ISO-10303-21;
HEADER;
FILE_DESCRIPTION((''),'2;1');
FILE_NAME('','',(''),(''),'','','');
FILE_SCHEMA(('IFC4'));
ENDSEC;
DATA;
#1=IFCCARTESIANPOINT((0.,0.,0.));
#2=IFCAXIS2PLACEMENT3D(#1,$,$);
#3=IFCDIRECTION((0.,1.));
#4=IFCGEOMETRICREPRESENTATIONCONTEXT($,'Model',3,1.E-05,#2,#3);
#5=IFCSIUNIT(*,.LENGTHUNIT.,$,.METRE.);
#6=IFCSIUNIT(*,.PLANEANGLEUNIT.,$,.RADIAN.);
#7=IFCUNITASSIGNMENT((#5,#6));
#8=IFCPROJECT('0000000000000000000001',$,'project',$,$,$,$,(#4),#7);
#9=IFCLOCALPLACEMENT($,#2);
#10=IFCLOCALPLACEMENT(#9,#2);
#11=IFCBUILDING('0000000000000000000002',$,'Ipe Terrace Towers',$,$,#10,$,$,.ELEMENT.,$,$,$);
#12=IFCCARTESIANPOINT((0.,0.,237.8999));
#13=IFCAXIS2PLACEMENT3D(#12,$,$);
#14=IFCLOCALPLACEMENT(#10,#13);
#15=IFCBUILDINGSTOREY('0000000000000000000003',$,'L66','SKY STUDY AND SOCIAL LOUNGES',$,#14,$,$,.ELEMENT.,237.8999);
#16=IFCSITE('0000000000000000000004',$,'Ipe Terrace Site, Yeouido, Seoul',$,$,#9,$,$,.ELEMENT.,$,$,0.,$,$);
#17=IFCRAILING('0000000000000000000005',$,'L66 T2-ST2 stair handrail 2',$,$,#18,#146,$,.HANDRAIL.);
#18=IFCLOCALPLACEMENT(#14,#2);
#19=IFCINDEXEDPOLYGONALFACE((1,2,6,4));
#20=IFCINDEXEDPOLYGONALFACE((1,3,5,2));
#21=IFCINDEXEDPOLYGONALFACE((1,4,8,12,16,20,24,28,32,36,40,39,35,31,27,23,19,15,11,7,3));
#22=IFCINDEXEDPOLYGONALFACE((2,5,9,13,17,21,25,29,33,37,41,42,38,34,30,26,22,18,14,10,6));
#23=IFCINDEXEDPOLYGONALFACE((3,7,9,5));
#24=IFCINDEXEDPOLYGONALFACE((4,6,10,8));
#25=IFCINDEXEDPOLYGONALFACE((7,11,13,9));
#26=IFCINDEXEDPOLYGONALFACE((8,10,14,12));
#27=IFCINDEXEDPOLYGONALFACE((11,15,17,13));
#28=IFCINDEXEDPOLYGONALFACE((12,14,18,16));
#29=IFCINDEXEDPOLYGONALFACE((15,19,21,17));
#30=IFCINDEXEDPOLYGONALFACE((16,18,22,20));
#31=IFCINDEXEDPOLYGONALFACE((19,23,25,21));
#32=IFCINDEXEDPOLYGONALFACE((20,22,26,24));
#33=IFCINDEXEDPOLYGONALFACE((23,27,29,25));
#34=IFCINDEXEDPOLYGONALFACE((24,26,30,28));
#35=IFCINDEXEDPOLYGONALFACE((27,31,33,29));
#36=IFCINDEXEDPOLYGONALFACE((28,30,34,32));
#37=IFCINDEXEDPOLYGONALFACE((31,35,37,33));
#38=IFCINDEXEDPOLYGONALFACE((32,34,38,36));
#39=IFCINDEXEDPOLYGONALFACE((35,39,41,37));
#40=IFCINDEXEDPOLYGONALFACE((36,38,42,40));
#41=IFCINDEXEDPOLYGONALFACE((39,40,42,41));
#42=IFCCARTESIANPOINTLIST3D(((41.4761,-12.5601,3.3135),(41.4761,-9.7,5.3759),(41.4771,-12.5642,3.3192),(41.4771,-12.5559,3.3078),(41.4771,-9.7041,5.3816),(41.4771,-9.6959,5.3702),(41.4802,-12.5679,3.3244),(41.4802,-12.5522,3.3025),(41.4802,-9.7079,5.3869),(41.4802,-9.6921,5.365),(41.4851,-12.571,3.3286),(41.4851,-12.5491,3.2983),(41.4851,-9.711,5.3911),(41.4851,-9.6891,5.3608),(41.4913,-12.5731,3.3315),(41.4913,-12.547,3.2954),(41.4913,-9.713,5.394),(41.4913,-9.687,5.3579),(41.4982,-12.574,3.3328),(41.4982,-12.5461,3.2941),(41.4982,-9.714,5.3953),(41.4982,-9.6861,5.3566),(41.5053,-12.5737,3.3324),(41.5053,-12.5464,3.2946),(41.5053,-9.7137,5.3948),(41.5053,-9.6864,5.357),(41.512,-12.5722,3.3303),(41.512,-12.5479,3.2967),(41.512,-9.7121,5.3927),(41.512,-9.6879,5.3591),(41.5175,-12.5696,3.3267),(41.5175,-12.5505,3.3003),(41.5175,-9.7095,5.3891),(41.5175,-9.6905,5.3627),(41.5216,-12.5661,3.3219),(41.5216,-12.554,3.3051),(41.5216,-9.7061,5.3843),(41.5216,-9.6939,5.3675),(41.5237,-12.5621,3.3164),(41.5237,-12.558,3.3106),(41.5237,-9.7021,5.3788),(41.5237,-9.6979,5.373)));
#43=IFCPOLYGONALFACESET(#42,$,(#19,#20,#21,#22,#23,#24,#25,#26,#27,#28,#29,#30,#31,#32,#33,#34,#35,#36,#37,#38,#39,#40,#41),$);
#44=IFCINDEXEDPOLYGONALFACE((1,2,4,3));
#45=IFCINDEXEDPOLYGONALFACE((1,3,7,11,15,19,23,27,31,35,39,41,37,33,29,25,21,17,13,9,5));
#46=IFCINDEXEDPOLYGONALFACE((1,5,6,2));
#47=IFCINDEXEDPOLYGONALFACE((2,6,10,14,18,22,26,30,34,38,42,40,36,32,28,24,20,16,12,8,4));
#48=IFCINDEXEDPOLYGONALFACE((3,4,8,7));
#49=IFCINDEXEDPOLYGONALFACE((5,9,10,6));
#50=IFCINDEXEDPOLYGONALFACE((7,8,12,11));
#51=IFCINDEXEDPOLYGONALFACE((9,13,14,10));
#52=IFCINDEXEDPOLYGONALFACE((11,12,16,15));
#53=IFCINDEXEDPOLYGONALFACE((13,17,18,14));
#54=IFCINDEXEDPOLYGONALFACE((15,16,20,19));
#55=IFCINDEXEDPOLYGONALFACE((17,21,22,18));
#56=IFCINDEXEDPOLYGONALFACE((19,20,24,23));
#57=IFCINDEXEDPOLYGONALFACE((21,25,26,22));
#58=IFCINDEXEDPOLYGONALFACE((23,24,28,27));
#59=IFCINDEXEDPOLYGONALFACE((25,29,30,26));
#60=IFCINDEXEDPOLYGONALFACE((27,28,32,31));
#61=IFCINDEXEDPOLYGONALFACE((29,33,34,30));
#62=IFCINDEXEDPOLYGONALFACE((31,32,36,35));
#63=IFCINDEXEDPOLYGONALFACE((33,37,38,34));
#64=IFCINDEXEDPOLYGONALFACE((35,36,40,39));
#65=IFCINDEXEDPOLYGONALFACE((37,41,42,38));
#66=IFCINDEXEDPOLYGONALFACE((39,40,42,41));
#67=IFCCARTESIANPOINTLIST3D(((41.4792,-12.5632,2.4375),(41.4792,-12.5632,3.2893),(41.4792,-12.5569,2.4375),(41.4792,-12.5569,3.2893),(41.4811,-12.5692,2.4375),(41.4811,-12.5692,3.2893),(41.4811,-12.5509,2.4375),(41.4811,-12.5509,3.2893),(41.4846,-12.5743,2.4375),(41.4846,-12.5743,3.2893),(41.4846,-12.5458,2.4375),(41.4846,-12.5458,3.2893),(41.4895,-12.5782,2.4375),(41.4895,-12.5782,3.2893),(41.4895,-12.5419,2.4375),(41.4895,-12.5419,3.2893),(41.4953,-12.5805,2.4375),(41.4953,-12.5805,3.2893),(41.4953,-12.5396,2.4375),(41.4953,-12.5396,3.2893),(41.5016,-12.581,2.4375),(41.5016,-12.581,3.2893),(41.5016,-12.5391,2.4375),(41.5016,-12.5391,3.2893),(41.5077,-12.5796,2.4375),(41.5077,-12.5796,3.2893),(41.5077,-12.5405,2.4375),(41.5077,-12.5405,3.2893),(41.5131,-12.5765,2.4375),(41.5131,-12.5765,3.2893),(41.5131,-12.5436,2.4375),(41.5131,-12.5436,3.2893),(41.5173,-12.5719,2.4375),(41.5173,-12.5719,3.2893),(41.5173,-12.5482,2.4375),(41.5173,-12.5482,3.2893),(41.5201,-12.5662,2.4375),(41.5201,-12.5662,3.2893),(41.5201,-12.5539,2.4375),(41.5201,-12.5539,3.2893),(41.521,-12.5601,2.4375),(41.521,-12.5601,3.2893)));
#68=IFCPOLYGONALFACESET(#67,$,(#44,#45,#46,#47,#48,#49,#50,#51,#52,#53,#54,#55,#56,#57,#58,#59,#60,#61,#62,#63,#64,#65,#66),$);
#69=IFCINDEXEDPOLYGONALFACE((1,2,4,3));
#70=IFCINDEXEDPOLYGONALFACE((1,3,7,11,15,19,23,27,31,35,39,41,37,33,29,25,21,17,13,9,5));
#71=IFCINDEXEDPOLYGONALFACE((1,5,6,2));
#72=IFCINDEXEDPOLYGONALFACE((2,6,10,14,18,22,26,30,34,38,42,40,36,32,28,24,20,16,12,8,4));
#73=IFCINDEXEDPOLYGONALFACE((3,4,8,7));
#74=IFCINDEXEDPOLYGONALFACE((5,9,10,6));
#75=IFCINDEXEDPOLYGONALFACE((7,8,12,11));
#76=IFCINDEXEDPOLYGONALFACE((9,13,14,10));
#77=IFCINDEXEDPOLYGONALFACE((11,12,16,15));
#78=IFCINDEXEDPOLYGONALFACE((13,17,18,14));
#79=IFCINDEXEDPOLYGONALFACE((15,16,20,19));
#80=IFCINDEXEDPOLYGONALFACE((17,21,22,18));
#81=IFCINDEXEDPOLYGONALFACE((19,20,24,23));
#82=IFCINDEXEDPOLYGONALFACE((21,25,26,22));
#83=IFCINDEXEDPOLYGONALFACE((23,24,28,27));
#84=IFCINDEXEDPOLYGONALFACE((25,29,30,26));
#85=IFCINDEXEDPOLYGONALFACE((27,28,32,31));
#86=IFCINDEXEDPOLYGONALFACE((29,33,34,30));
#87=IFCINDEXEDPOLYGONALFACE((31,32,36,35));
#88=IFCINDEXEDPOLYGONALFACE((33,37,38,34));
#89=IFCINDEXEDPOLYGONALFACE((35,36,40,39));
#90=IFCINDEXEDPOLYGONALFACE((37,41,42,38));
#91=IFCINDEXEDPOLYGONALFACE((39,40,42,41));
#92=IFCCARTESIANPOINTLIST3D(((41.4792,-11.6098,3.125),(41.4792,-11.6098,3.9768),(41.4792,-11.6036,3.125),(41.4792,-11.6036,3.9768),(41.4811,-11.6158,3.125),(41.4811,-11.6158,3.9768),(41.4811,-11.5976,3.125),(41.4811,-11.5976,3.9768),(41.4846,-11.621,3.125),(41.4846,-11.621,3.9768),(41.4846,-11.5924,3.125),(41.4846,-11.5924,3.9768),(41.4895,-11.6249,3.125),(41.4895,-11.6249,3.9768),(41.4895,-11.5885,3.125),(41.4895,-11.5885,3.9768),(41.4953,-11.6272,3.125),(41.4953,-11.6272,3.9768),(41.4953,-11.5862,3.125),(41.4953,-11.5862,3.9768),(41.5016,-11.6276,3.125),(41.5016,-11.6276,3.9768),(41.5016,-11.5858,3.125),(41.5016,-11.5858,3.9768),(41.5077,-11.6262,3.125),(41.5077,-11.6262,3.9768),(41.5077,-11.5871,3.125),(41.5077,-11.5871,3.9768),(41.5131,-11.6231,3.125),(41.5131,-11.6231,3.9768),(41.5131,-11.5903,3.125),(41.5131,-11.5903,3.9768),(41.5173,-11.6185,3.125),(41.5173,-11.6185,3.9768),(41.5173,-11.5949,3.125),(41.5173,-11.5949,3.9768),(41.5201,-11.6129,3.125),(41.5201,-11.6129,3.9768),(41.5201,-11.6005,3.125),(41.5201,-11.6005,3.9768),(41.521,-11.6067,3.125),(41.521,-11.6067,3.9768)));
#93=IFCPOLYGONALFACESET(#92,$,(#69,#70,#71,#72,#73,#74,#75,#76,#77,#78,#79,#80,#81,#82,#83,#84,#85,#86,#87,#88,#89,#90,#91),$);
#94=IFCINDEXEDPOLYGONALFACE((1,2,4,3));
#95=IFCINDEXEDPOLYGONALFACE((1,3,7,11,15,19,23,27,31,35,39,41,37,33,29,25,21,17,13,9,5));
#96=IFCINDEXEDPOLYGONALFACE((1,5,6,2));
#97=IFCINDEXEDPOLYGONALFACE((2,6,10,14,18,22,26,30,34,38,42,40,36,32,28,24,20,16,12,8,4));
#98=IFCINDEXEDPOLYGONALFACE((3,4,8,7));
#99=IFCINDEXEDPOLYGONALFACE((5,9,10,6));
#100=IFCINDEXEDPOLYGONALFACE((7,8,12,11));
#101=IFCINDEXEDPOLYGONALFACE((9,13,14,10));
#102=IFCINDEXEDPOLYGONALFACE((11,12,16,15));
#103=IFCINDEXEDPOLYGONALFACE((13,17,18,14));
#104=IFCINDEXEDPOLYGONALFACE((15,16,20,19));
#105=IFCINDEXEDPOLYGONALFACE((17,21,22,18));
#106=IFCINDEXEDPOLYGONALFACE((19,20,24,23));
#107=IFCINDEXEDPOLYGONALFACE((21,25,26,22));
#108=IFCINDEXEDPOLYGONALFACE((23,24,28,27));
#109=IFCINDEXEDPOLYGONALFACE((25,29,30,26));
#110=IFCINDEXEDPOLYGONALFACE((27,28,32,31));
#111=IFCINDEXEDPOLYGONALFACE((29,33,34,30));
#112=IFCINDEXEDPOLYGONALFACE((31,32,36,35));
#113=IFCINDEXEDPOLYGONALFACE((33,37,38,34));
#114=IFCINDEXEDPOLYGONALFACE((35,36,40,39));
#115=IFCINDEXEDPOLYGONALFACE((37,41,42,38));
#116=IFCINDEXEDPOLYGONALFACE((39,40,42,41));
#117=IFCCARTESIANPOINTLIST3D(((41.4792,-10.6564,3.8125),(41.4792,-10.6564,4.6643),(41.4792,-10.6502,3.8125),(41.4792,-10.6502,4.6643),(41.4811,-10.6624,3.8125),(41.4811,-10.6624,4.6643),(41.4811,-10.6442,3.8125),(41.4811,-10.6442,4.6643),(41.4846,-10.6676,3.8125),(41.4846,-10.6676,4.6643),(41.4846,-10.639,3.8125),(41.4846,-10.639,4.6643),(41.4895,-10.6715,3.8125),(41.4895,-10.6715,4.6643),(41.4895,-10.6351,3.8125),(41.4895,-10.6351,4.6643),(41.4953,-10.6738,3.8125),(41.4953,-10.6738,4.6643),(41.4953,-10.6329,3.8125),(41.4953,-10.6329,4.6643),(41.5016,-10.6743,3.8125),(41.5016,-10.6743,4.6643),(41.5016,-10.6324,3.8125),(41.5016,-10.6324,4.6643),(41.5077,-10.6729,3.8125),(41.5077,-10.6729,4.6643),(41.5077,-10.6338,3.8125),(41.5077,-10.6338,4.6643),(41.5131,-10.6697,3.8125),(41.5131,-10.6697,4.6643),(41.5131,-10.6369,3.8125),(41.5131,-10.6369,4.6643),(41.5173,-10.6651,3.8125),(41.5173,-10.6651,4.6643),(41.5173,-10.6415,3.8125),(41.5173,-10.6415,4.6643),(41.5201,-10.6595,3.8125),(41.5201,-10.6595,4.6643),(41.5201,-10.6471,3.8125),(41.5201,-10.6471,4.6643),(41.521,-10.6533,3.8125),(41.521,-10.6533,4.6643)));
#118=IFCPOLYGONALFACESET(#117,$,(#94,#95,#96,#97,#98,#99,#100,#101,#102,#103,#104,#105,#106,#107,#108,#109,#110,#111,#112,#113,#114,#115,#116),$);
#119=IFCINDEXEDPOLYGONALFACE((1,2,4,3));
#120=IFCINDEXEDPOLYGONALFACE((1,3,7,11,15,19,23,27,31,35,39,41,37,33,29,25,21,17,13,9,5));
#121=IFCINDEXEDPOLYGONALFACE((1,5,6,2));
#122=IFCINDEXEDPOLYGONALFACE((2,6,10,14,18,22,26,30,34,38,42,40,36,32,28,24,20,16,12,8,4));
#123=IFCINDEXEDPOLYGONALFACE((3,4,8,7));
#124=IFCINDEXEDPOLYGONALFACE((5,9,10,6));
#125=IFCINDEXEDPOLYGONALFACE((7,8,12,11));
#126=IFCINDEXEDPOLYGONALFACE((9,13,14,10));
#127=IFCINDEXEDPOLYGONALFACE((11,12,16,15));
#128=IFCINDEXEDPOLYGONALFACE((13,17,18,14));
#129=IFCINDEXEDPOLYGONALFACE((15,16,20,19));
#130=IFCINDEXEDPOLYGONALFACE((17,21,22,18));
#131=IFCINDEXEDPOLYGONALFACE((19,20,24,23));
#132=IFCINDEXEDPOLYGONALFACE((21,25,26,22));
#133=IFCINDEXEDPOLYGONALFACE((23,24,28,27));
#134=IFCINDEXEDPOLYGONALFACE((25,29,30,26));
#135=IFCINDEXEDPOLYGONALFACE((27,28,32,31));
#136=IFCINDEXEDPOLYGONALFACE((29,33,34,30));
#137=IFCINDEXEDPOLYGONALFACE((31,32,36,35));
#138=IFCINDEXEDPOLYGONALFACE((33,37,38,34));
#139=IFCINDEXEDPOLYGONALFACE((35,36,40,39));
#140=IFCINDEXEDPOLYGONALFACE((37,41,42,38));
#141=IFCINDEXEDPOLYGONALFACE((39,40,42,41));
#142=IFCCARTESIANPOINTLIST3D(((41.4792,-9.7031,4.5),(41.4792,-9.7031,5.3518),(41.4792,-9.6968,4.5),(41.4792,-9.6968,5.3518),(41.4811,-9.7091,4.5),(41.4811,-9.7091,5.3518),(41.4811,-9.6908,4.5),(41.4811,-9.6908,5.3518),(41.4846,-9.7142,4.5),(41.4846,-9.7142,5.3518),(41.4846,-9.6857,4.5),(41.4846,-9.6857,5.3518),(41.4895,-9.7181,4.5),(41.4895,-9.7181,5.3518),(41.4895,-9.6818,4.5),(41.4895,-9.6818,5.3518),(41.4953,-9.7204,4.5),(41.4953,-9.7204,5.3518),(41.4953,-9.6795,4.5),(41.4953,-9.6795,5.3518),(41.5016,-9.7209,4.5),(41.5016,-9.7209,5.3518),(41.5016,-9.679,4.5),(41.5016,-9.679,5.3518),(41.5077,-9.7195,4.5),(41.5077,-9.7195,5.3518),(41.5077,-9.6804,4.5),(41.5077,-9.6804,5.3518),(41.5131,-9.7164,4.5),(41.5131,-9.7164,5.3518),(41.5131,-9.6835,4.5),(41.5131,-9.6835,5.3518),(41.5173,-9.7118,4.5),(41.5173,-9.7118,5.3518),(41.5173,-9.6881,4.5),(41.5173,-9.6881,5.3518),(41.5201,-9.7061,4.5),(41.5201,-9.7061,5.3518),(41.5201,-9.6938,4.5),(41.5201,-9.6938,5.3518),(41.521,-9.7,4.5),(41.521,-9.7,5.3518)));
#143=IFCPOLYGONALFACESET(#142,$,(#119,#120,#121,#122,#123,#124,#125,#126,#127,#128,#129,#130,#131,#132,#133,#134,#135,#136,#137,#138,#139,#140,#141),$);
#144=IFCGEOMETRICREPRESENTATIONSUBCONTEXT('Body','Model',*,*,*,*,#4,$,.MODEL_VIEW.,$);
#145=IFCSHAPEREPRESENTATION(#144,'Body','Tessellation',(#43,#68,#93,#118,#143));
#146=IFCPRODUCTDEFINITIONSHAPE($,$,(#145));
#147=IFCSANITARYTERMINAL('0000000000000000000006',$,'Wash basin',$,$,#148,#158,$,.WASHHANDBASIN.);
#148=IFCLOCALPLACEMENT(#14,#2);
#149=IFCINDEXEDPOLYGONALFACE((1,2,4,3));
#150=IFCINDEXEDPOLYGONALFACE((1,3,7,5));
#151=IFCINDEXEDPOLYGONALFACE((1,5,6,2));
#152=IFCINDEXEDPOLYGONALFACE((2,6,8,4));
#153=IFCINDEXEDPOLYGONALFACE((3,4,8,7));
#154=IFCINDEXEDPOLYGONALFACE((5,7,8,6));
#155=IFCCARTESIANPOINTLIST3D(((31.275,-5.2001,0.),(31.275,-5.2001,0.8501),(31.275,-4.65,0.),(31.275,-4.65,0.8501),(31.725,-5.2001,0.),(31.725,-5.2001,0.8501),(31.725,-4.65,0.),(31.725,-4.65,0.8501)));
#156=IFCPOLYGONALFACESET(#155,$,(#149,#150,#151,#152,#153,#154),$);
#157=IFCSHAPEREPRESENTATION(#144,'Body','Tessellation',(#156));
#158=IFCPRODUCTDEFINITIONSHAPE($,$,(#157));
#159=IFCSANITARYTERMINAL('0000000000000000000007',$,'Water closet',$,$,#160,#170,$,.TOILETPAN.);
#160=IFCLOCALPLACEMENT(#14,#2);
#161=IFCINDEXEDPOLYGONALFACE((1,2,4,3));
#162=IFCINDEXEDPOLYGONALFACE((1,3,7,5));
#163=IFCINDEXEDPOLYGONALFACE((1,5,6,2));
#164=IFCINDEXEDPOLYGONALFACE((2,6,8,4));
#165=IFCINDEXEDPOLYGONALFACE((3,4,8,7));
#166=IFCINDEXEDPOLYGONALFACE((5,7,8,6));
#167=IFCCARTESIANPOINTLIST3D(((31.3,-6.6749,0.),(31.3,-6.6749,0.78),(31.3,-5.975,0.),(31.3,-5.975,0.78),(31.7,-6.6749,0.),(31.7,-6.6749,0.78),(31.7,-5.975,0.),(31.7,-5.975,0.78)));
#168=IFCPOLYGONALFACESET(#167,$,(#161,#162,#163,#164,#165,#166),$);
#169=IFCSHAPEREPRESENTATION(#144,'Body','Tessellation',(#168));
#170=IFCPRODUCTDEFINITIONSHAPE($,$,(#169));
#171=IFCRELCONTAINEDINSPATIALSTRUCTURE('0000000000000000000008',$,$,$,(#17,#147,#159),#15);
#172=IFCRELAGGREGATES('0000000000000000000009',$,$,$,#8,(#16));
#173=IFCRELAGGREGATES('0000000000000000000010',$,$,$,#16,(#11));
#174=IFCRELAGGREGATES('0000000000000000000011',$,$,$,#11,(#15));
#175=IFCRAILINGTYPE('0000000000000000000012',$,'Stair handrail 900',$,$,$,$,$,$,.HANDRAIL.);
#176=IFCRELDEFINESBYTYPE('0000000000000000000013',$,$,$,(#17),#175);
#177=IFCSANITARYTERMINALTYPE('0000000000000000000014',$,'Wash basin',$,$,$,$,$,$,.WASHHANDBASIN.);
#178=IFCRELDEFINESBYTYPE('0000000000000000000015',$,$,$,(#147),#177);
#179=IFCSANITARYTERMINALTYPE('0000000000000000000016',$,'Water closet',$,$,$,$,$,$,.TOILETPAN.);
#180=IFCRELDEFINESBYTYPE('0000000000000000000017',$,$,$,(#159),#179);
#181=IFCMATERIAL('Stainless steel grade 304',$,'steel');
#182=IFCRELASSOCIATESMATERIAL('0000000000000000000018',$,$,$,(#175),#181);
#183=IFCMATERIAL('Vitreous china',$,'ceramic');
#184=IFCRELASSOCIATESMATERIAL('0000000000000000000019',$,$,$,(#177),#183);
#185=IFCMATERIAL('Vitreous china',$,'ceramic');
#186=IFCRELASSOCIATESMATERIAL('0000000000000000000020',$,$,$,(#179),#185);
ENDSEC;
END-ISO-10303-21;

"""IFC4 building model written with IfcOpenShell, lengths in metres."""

from ifc_helpers import new_model, si_unit, direction, frame, origin, origin_2d, place, context, subcontext, project, spatial, rectangle, circle, extrude, material, type_object, element, save


model = new_model("IFC4")

# Units and contexts
model_context = context("Model", 3, precision=1e-05, world=origin(), true_north=direction((0.0, 1.0)))
body_context = subcontext(model_context, "Body", "Model", "MODEL_VIEW")
ifc_project = project(units=[si_unit("LENGTHUNIT", "METRE"), si_unit("PLANEANGLEUNIT", "RADIAN")], contexts=[model_context])

# Site, building, storey
site_placement = place(None, origin())
site = spatial("IfcSite", under=ifc_project, at=site_placement, Name="Ipe Terrace Site, Yeouido, Seoul", CompositionType="ELEMENT", RefElevation=0.0)
building_placement = place(site_placement, origin())
building = spatial("IfcBuilding", under=site, at=building_placement, Name="Ipe Terrace Towers", CompositionType="ELEMENT")
storey_placement = place(building_placement, frame((0.0, 0.0, 237.8999)))
storey = spatial("IfcBuildingStorey", under=building, at=storey_placement, Name="L66", Description="SKY STUDY AND SOCIAL LOUNGES", CompositionType="ELEMENT", Elevation=237.8999)

# Railing
ifc_material_1 = material(Name="Stainless steel grade 304", Category="steel")
railing_type_1 = type_object("IfcRailingType", Name="Stair handrail 900", PredefinedType="HANDRAIL", material=ifc_material_1)
railing_1_placement = place(storey_placement, frame((41.5, -12.5601, 2.4375)))
element("IfcRailing", 1, at=railing_1_placement, inside=storey, type_object=railing_type_1, Name="L66 T2-ST2 stair handrail 2", PredefinedType="HANDRAIL", context=body_context, shape_type="SweptSolid", body=[
    extrude(circle(Radius=0.0239, at=origin_2d()), frame((0.0, 0.0, 0.876), z_axis=(0.0, 0.811101, 0.584906), x_axis=(-1.0, 0.0, 0.0)), (0.0, 0.0, 1.0), 3.5261),
    extrude(circle(Radius=0.021, at=origin_2d()), origin(), (0.0, 0.0, 1.0), 0.8518),
    extrude(circle(Radius=0.021, at=origin_2d()), frame((0.0, 0.9534, 0.6875)), (0.0, 0.0, 1.0), 0.8518),
    extrude(circle(Radius=0.021, at=origin_2d()), frame((0.0, 1.9067, 1.375)), (0.0, 0.0, 1.0), 0.8518),
    extrude(circle(Radius=0.021, at=origin_2d()), frame((0.0, 2.8601, 2.0625)), (0.0, 0.0, 1.0), 0.8518),
])

# Sanitary terminals
ifc_material_2 = material(Name="Vitreous china", Category="ceramic")
sanitary_terminal_type_1 = type_object("IfcSanitaryTerminalType", Name="Wash basin", PredefinedType="WASHHANDBASIN", material=ifc_material_2)
sanitary_terminal_1_placement = place(storey_placement, frame((31.5, -4.925, 0.0), z_axis=(0.0, 0.0, 1.0), x_axis=(0.0, 1.0, 0.0)))
element("IfcSanitaryTerminal", 2, at=sanitary_terminal_1_placement, inside=storey, type_object=sanitary_terminal_type_1, Name="Wash basin", PredefinedType="WASHHANDBASIN", context=body_context, shape_type="SweptSolid", body=[
    extrude(rectangle(XDim=0.55, YDim=0.45, at=origin_2d()), origin(), (0.0, 0.0, 1.0), 0.8501),
])
ifc_material_3 = material(Name="Vitreous china", Category="ceramic")
sanitary_terminal_type_2 = type_object("IfcSanitaryTerminalType", Name="Water closet", PredefinedType="TOILETPAN", material=ifc_material_3)
sanitary_terminal_2_placement = place(storey_placement, frame((31.5, -6.325, 0.0), z_axis=(0.0, 0.0, 1.0), x_axis=(0.0, 1.0, 0.0)))
element("IfcSanitaryTerminal", 3, at=sanitary_terminal_2_placement, inside=storey, type_object=sanitary_terminal_type_2, Name="Water closet", PredefinedType="TOILETPAN", context=body_context, shape_type="SweptSolid", body=[
    extrude(rectangle(XDim=0.7, YDim=0.3999, at=origin_2d()), origin(), (0.0, 0.0, 1.0), 0.78),
])

save(model, "model.ifc")
